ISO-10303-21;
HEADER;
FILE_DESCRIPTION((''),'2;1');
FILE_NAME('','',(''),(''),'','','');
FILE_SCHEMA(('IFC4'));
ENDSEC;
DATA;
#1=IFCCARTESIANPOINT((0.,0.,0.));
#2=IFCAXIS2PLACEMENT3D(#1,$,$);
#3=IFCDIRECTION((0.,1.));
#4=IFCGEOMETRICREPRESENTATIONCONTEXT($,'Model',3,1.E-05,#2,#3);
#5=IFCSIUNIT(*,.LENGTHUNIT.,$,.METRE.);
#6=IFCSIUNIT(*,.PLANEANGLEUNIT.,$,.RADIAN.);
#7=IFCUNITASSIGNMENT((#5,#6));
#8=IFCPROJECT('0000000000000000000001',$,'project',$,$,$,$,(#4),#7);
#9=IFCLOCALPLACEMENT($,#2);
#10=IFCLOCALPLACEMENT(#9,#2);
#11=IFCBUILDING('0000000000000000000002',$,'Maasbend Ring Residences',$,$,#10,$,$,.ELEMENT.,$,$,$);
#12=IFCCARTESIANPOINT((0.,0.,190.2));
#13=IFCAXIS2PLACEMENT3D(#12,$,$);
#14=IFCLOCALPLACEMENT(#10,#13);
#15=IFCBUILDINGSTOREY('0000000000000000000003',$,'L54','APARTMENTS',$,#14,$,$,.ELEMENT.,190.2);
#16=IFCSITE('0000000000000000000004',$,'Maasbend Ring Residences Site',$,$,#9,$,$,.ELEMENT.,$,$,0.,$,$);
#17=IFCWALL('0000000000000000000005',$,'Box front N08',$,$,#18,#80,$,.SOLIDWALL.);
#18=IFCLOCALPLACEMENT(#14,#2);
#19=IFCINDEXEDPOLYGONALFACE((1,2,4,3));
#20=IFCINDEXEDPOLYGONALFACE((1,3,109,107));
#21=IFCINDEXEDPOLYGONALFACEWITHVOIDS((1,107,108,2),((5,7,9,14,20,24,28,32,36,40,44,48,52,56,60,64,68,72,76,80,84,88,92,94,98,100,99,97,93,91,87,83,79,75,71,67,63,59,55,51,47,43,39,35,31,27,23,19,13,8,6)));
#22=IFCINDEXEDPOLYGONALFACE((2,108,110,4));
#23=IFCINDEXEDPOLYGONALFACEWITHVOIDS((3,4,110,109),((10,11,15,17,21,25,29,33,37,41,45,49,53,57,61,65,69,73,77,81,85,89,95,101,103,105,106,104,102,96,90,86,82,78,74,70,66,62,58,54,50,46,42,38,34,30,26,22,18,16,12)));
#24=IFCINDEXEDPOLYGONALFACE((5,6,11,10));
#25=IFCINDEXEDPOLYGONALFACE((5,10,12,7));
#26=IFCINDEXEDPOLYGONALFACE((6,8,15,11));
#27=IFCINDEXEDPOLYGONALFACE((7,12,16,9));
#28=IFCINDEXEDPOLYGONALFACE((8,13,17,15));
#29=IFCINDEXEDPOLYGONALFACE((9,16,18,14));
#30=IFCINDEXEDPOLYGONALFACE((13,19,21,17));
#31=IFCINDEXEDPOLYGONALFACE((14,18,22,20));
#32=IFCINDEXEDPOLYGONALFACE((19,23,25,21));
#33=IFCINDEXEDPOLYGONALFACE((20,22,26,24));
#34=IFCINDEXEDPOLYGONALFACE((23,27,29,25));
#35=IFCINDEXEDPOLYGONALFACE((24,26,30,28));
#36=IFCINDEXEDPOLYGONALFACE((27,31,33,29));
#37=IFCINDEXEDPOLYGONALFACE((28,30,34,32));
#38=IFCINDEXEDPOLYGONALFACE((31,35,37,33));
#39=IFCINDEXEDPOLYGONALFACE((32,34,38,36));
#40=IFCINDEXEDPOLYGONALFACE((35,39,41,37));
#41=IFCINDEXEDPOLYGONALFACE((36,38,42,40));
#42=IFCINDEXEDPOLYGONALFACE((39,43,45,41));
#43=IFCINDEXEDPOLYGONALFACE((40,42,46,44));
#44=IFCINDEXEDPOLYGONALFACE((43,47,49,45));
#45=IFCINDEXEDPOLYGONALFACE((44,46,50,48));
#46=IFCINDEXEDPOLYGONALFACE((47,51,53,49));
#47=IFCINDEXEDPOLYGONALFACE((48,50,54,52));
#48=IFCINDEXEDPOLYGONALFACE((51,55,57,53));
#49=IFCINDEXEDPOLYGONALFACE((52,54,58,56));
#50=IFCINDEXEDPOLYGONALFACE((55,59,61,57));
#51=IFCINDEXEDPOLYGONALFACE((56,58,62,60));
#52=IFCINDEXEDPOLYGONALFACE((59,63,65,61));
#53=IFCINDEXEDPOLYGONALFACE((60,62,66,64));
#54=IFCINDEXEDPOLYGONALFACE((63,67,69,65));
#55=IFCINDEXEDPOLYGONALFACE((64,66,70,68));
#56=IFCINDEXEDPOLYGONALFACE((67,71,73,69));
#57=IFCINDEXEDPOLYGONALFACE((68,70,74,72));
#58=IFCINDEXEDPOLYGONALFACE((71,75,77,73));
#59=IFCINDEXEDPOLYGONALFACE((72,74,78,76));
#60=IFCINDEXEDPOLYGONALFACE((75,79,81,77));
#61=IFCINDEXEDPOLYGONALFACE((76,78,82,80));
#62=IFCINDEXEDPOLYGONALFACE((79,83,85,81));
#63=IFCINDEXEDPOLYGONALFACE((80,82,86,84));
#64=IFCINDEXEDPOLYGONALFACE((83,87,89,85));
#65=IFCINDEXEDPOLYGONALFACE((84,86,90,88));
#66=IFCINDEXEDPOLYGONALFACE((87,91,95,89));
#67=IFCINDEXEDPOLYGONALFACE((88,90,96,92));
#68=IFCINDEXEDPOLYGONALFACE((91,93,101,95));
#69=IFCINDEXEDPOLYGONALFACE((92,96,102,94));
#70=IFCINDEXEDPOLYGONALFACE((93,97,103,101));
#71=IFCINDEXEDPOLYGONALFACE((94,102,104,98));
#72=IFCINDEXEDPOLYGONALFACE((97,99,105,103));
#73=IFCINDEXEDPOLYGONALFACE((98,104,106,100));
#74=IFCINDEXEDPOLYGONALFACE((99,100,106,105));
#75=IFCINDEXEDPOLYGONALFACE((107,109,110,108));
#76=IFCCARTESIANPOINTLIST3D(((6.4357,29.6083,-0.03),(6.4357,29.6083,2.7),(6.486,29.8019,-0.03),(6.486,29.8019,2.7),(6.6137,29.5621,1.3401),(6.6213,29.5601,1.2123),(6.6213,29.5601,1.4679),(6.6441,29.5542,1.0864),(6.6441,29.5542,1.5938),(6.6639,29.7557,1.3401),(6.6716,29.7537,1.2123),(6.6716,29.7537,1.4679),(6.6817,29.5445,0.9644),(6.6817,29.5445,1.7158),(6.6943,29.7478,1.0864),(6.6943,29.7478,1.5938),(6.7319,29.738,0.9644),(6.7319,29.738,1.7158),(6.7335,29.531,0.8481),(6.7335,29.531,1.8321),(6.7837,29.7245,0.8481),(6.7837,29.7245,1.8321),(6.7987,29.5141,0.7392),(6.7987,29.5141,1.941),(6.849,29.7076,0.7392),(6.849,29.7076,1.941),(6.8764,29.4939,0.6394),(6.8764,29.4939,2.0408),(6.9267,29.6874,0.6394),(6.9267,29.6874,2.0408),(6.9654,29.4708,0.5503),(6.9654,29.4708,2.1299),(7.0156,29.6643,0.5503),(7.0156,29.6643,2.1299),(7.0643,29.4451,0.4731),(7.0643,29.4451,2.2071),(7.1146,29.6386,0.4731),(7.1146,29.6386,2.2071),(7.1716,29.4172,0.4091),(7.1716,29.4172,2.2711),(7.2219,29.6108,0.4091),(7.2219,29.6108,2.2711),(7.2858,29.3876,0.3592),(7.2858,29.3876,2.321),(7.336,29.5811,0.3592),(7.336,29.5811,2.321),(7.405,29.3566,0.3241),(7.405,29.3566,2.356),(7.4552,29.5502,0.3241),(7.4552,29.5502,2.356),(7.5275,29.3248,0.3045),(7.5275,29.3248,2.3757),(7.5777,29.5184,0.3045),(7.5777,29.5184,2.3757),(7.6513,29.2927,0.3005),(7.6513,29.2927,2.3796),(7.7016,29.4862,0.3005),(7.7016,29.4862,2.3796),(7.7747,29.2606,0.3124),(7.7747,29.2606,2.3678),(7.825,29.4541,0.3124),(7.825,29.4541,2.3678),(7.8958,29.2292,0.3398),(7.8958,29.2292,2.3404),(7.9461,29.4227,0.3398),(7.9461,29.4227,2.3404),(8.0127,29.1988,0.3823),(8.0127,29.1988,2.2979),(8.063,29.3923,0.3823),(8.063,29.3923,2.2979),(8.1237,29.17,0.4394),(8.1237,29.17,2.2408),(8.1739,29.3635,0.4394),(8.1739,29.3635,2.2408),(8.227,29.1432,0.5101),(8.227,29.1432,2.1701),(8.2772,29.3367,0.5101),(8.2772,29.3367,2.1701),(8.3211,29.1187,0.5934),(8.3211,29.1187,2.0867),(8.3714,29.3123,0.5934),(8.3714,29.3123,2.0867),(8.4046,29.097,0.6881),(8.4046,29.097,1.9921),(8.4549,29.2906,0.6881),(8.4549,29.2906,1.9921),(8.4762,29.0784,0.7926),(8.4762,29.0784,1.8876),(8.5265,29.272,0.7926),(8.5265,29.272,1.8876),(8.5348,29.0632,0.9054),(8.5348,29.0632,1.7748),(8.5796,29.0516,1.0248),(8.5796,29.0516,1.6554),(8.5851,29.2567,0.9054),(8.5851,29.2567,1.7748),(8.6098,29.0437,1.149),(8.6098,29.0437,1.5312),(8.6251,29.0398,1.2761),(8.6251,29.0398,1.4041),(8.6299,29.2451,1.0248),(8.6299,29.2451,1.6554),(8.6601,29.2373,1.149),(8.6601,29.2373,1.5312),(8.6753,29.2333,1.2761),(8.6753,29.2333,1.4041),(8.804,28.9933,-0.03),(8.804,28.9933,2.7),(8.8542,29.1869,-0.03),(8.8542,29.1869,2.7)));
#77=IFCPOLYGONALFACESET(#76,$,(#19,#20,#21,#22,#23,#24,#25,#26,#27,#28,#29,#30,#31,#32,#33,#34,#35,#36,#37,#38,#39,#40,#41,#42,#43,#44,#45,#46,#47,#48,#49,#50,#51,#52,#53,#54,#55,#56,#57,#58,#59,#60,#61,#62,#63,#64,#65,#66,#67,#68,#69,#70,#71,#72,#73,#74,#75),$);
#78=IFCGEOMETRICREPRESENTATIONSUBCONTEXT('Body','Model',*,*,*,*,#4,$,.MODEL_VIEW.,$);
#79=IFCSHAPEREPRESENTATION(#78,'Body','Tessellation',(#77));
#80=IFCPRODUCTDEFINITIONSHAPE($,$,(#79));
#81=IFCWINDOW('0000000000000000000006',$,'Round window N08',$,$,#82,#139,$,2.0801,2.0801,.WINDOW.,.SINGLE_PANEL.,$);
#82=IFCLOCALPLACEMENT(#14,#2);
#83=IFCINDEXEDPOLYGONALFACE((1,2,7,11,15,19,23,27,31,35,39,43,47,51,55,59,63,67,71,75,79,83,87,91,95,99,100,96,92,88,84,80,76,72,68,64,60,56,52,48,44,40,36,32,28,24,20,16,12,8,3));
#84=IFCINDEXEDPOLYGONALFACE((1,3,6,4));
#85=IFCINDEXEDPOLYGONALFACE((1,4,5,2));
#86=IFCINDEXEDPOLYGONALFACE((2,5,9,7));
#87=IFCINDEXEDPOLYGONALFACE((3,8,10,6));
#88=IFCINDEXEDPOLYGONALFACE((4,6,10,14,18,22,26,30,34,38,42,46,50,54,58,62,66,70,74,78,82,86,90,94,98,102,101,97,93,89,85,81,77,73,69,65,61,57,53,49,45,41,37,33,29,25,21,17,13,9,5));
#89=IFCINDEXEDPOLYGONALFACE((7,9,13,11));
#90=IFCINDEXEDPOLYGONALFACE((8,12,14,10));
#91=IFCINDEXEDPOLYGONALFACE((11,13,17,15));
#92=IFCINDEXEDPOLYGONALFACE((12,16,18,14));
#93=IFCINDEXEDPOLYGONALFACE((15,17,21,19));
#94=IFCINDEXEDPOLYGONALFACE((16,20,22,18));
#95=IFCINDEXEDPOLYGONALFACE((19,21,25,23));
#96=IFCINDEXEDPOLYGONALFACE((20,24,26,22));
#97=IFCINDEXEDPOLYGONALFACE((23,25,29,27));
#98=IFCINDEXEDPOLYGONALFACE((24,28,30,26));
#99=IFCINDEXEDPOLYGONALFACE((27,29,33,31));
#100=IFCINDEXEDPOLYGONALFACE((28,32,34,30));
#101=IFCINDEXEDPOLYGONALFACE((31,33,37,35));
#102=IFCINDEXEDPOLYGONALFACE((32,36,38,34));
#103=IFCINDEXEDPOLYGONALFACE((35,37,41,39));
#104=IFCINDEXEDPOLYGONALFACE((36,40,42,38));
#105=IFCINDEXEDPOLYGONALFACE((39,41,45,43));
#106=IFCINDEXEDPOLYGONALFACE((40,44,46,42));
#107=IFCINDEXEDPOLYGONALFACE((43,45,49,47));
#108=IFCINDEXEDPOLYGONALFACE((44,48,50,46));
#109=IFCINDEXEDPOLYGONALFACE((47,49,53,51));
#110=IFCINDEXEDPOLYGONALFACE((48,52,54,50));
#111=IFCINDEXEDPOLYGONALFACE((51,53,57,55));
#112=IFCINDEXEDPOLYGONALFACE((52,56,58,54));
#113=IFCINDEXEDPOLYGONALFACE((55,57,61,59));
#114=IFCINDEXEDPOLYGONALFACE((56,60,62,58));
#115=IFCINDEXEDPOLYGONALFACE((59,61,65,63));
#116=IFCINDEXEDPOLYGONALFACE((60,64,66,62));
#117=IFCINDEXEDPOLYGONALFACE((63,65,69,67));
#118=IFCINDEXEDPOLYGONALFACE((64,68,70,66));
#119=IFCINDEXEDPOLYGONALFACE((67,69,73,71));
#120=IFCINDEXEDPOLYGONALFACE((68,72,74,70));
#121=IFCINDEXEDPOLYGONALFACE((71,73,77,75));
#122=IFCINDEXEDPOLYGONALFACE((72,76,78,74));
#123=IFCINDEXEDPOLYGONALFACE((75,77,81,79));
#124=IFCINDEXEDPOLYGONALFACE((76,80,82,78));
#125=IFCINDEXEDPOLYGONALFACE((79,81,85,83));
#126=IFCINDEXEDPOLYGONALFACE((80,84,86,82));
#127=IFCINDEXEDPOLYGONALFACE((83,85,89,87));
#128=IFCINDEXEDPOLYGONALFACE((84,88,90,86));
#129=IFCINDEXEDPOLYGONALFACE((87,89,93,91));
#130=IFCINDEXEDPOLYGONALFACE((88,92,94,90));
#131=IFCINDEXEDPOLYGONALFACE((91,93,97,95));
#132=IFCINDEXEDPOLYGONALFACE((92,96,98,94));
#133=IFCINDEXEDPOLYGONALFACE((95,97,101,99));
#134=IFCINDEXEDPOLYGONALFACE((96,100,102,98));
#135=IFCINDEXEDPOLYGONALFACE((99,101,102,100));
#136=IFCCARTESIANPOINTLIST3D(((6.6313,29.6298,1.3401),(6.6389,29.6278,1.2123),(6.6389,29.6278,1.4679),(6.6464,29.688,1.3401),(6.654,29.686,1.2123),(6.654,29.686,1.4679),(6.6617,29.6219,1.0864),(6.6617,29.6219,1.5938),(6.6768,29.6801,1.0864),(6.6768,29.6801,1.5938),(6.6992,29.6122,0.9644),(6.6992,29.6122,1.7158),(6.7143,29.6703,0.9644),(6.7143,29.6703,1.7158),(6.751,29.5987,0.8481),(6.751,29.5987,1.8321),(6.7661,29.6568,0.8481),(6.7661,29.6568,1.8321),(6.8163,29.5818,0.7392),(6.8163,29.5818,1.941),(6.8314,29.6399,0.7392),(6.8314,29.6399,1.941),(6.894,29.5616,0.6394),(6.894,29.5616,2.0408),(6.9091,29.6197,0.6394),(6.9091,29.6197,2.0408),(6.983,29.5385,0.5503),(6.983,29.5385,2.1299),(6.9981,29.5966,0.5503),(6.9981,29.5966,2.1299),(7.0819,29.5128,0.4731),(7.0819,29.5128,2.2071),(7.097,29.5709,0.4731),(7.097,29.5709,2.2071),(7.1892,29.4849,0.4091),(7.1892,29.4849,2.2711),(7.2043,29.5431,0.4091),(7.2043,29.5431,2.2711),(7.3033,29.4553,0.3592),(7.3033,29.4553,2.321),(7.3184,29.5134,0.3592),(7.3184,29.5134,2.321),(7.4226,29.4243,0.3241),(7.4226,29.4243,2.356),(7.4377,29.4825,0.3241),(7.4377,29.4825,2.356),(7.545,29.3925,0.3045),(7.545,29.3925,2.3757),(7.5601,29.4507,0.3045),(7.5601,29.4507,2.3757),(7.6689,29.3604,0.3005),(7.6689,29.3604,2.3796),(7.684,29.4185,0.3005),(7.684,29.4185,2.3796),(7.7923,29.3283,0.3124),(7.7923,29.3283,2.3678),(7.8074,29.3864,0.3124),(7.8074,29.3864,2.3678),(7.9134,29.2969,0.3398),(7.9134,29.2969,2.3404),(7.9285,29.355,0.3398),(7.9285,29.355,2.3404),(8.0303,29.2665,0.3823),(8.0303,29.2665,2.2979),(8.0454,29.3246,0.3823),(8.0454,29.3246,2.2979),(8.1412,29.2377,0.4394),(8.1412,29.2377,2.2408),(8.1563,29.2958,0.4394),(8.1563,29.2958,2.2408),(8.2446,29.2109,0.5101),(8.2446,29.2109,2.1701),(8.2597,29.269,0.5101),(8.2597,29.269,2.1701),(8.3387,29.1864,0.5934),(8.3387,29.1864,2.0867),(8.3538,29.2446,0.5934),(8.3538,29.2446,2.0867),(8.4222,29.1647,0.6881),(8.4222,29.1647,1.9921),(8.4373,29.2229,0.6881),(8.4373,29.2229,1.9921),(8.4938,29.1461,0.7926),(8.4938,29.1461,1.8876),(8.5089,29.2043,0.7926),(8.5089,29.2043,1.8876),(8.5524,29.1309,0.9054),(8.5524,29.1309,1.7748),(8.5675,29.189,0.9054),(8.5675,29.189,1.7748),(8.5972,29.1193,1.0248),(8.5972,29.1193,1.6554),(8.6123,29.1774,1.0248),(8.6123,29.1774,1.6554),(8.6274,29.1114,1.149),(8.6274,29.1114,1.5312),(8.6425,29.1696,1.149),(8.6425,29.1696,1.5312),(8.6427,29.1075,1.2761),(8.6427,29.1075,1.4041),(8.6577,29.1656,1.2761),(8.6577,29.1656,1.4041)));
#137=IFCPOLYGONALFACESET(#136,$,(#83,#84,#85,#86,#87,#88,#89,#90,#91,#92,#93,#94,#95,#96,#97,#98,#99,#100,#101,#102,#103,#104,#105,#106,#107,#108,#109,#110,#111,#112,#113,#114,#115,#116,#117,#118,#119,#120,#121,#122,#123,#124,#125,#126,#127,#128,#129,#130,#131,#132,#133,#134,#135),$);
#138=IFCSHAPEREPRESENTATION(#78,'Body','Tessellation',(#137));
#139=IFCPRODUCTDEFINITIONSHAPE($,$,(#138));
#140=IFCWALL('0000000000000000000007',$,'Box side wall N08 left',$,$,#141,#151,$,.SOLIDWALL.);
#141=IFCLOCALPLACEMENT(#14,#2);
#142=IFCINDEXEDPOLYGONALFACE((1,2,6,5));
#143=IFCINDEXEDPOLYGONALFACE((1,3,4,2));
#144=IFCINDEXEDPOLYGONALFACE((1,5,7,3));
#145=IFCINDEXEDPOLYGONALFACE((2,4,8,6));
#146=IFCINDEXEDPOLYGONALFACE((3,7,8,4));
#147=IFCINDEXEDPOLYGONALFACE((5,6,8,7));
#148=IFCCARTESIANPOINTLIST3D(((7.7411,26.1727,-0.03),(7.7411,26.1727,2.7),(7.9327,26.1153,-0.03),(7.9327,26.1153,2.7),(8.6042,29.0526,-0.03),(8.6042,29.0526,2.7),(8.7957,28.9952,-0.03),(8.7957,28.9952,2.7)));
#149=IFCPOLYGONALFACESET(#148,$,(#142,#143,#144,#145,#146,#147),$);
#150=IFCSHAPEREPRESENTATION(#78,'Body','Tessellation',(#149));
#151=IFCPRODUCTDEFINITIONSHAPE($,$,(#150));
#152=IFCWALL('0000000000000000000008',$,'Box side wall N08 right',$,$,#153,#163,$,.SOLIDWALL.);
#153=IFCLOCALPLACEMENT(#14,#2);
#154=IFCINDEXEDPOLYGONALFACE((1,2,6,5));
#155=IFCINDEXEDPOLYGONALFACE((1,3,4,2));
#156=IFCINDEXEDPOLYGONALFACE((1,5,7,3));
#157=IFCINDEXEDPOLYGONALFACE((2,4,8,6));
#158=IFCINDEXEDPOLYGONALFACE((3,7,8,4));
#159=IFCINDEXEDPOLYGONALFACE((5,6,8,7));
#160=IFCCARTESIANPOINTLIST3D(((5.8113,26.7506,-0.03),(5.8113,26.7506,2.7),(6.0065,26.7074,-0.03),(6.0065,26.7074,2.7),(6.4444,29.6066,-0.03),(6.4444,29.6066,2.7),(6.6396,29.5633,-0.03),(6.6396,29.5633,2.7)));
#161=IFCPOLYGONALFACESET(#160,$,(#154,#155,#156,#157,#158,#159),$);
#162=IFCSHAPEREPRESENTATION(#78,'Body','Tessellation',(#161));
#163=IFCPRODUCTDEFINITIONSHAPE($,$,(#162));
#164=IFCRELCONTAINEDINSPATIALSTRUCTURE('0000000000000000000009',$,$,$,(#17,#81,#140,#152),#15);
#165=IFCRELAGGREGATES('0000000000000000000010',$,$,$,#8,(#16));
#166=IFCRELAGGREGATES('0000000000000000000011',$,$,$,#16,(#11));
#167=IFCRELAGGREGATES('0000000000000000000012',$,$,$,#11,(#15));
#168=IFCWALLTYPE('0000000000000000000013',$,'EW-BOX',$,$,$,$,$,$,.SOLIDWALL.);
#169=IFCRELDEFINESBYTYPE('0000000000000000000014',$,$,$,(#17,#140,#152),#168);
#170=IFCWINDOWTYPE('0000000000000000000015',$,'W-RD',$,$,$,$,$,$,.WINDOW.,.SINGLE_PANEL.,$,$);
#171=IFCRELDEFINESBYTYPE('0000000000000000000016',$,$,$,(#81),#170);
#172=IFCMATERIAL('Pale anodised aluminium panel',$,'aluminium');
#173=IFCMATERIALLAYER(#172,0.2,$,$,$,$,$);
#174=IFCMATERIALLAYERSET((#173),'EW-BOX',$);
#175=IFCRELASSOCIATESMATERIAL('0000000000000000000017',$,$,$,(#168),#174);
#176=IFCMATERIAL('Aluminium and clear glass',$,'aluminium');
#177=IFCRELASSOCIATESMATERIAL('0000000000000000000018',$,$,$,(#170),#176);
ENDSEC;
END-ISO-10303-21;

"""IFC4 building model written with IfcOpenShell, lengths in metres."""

from ifc_helpers import new_model, si_unit, direction, frame, frame_2d, origin, place, context, subcontext, project, spatial, rectangle, circle, extrude, material, layer, layer_set, type_object, element, fill, save


model = new_model("IFC4")

# Units and contexts
model_context = context("Model", 3, precision=1e-05, world=origin(), true_north=direction((0.0, 1.0)))
body_context = subcontext(model_context, "Body", "Model", "MODEL_VIEW")
ifc_project = project(units=[si_unit("LENGTHUNIT", "METRE"), si_unit("PLANEANGLEUNIT", "RADIAN")], contexts=[model_context])

# Site, building, storey
site_placement = place(None, origin())
site = spatial("IfcSite", under=ifc_project, at=site_placement, Name="Maasbend Ring Residences Site", CompositionType="ELEMENT", RefElevation=0.0)
building_placement = place(site_placement, origin())
building = spatial("IfcBuilding", under=site, at=building_placement, Name="Maasbend Ring Residences", CompositionType="ELEMENT")
storey_placement = place(building_placement, frame((0.0, 0.0, 190.2)))
storey = spatial("IfcBuildingStorey", under=building, at=storey_placement, Name="L54", Description="APARTMENTS", CompositionType="ELEMENT", Elevation=190.2)

# Wall, opening, window
ifc_material_1 = material(Name="Pale anodised aluminium panel", Category="aluminium")
ifc_layer_1 = layer(ifc_material_1, 0.2)
ifc_layer_set_1 = layer_set([ifc_layer_1], Name="EW-BOX")
wall_type_1 = type_object("IfcWallType", Name="EW-BOX", PredefinedType="SOLIDWALL", material=ifc_layer_set_1)
wall_1_placement = place(storey_placement, frame((8.8291, 29.0901, -0.03), z_axis=(0.0, 0.0, 1.0), x_axis=(-0.967895, 0.251353, 0.0)))
wall_1 = element("IfcWall", 1, at=wall_1_placement, inside=storey, type_object=wall_type_1, Name="Box front N08", PredefinedType="SOLIDWALL", context=body_context, shape_type="SweptSolid", body=[
    extrude(rectangle(XDim=2.4468, YDim=0.2, at=frame_2d((1.2234, 0.0))), origin(), (0.0, 0.0, 1.0), 2.73),
])
opening_1_placement = place(wall_1_placement, frame((0.1829, 0.0, 0.3301)))
opening_1 = element("IfcOpeningElement", 2, at=opening_1_placement, cuts=wall_1, PredefinedType="OPENING", context=body_context, shape_type="SweptSolid", body=[
    extrude(circle(Radius=1.04, at=frame_2d((1.04, 1.04))), frame((0.0, 0.1099, 0.0), z_axis=(0.0, -1.0, 0.0), x_axis=(1.0, 0.0, 0.0)), (0.0, 0.0, 1.0), 0.22),
])
ifc_material_2 = material(Name="Aluminium and clear glass", Category="aluminium")
window_type_1 = type_object("IfcWindowType", Name="W-RD", PartitioningType="SINGLE_PANEL", PredefinedType="WINDOW", material=ifc_material_2)
window_1_placement = place(opening_1_placement, origin())
window_1 = element("IfcWindow", 3, at=window_1_placement, inside=storey, type_object=window_type_1, Name="Round window N08", OverallHeight=2.0801, OverallWidth=2.0801, PartitioningType="SINGLE_PANEL", PredefinedType="WINDOW", context=body_context, shape_type="SweptSolid", body=[
    extrude(circle(Radius=1.04, at=frame_2d((1.04, 1.04))), frame((0.0, 0.03, 0.0), z_axis=(0.0, -1.0, 0.0), x_axis=(1.0, 0.0, 0.0)), (0.0, 0.0, 1.0), 0.0601),
])
fill(opening_1, window_1)

# Walls
wall_2_placement = place(storey_placement, frame((7.8369, 26.144, -0.03), z_axis=(0.0, 0.0, 1.0), x_axis=(0.287065, 0.957911, 0.0)))
element("IfcWall", 4, at=wall_2_placement, inside=storey, type_object=wall_type_1, Name="Box side wall N08 left", PredefinedType="SOLIDWALL", context=body_context, shape_type="SweptSolid", body=[
    extrude(rectangle(XDim=3.0063, YDim=0.2, at=frame_2d((1.5032, 0.0))), origin(), (0.0, 0.0, 1.0), 2.73),
])
wall_3_placement = place(storey_placement, frame((5.9089, 26.729, -0.03), z_axis=(0.0, 0.0, 1.0), x_axis=(0.216409, 0.976303, 0.0)))
element("IfcWall", 5, at=wall_3_placement, inside=storey, type_object=wall_type_1, Name="Box side wall N08 right", PredefinedType="SOLIDWALL", context=body_context, shape_type="SweptSolid", body=[
    extrude(rectangle(XDim=2.9253, YDim=0.2, at=frame_2d((1.4626, 0.0))), origin(), (0.0, 0.0, 1.0), 2.73),
])

save(model, "model.ifc")
